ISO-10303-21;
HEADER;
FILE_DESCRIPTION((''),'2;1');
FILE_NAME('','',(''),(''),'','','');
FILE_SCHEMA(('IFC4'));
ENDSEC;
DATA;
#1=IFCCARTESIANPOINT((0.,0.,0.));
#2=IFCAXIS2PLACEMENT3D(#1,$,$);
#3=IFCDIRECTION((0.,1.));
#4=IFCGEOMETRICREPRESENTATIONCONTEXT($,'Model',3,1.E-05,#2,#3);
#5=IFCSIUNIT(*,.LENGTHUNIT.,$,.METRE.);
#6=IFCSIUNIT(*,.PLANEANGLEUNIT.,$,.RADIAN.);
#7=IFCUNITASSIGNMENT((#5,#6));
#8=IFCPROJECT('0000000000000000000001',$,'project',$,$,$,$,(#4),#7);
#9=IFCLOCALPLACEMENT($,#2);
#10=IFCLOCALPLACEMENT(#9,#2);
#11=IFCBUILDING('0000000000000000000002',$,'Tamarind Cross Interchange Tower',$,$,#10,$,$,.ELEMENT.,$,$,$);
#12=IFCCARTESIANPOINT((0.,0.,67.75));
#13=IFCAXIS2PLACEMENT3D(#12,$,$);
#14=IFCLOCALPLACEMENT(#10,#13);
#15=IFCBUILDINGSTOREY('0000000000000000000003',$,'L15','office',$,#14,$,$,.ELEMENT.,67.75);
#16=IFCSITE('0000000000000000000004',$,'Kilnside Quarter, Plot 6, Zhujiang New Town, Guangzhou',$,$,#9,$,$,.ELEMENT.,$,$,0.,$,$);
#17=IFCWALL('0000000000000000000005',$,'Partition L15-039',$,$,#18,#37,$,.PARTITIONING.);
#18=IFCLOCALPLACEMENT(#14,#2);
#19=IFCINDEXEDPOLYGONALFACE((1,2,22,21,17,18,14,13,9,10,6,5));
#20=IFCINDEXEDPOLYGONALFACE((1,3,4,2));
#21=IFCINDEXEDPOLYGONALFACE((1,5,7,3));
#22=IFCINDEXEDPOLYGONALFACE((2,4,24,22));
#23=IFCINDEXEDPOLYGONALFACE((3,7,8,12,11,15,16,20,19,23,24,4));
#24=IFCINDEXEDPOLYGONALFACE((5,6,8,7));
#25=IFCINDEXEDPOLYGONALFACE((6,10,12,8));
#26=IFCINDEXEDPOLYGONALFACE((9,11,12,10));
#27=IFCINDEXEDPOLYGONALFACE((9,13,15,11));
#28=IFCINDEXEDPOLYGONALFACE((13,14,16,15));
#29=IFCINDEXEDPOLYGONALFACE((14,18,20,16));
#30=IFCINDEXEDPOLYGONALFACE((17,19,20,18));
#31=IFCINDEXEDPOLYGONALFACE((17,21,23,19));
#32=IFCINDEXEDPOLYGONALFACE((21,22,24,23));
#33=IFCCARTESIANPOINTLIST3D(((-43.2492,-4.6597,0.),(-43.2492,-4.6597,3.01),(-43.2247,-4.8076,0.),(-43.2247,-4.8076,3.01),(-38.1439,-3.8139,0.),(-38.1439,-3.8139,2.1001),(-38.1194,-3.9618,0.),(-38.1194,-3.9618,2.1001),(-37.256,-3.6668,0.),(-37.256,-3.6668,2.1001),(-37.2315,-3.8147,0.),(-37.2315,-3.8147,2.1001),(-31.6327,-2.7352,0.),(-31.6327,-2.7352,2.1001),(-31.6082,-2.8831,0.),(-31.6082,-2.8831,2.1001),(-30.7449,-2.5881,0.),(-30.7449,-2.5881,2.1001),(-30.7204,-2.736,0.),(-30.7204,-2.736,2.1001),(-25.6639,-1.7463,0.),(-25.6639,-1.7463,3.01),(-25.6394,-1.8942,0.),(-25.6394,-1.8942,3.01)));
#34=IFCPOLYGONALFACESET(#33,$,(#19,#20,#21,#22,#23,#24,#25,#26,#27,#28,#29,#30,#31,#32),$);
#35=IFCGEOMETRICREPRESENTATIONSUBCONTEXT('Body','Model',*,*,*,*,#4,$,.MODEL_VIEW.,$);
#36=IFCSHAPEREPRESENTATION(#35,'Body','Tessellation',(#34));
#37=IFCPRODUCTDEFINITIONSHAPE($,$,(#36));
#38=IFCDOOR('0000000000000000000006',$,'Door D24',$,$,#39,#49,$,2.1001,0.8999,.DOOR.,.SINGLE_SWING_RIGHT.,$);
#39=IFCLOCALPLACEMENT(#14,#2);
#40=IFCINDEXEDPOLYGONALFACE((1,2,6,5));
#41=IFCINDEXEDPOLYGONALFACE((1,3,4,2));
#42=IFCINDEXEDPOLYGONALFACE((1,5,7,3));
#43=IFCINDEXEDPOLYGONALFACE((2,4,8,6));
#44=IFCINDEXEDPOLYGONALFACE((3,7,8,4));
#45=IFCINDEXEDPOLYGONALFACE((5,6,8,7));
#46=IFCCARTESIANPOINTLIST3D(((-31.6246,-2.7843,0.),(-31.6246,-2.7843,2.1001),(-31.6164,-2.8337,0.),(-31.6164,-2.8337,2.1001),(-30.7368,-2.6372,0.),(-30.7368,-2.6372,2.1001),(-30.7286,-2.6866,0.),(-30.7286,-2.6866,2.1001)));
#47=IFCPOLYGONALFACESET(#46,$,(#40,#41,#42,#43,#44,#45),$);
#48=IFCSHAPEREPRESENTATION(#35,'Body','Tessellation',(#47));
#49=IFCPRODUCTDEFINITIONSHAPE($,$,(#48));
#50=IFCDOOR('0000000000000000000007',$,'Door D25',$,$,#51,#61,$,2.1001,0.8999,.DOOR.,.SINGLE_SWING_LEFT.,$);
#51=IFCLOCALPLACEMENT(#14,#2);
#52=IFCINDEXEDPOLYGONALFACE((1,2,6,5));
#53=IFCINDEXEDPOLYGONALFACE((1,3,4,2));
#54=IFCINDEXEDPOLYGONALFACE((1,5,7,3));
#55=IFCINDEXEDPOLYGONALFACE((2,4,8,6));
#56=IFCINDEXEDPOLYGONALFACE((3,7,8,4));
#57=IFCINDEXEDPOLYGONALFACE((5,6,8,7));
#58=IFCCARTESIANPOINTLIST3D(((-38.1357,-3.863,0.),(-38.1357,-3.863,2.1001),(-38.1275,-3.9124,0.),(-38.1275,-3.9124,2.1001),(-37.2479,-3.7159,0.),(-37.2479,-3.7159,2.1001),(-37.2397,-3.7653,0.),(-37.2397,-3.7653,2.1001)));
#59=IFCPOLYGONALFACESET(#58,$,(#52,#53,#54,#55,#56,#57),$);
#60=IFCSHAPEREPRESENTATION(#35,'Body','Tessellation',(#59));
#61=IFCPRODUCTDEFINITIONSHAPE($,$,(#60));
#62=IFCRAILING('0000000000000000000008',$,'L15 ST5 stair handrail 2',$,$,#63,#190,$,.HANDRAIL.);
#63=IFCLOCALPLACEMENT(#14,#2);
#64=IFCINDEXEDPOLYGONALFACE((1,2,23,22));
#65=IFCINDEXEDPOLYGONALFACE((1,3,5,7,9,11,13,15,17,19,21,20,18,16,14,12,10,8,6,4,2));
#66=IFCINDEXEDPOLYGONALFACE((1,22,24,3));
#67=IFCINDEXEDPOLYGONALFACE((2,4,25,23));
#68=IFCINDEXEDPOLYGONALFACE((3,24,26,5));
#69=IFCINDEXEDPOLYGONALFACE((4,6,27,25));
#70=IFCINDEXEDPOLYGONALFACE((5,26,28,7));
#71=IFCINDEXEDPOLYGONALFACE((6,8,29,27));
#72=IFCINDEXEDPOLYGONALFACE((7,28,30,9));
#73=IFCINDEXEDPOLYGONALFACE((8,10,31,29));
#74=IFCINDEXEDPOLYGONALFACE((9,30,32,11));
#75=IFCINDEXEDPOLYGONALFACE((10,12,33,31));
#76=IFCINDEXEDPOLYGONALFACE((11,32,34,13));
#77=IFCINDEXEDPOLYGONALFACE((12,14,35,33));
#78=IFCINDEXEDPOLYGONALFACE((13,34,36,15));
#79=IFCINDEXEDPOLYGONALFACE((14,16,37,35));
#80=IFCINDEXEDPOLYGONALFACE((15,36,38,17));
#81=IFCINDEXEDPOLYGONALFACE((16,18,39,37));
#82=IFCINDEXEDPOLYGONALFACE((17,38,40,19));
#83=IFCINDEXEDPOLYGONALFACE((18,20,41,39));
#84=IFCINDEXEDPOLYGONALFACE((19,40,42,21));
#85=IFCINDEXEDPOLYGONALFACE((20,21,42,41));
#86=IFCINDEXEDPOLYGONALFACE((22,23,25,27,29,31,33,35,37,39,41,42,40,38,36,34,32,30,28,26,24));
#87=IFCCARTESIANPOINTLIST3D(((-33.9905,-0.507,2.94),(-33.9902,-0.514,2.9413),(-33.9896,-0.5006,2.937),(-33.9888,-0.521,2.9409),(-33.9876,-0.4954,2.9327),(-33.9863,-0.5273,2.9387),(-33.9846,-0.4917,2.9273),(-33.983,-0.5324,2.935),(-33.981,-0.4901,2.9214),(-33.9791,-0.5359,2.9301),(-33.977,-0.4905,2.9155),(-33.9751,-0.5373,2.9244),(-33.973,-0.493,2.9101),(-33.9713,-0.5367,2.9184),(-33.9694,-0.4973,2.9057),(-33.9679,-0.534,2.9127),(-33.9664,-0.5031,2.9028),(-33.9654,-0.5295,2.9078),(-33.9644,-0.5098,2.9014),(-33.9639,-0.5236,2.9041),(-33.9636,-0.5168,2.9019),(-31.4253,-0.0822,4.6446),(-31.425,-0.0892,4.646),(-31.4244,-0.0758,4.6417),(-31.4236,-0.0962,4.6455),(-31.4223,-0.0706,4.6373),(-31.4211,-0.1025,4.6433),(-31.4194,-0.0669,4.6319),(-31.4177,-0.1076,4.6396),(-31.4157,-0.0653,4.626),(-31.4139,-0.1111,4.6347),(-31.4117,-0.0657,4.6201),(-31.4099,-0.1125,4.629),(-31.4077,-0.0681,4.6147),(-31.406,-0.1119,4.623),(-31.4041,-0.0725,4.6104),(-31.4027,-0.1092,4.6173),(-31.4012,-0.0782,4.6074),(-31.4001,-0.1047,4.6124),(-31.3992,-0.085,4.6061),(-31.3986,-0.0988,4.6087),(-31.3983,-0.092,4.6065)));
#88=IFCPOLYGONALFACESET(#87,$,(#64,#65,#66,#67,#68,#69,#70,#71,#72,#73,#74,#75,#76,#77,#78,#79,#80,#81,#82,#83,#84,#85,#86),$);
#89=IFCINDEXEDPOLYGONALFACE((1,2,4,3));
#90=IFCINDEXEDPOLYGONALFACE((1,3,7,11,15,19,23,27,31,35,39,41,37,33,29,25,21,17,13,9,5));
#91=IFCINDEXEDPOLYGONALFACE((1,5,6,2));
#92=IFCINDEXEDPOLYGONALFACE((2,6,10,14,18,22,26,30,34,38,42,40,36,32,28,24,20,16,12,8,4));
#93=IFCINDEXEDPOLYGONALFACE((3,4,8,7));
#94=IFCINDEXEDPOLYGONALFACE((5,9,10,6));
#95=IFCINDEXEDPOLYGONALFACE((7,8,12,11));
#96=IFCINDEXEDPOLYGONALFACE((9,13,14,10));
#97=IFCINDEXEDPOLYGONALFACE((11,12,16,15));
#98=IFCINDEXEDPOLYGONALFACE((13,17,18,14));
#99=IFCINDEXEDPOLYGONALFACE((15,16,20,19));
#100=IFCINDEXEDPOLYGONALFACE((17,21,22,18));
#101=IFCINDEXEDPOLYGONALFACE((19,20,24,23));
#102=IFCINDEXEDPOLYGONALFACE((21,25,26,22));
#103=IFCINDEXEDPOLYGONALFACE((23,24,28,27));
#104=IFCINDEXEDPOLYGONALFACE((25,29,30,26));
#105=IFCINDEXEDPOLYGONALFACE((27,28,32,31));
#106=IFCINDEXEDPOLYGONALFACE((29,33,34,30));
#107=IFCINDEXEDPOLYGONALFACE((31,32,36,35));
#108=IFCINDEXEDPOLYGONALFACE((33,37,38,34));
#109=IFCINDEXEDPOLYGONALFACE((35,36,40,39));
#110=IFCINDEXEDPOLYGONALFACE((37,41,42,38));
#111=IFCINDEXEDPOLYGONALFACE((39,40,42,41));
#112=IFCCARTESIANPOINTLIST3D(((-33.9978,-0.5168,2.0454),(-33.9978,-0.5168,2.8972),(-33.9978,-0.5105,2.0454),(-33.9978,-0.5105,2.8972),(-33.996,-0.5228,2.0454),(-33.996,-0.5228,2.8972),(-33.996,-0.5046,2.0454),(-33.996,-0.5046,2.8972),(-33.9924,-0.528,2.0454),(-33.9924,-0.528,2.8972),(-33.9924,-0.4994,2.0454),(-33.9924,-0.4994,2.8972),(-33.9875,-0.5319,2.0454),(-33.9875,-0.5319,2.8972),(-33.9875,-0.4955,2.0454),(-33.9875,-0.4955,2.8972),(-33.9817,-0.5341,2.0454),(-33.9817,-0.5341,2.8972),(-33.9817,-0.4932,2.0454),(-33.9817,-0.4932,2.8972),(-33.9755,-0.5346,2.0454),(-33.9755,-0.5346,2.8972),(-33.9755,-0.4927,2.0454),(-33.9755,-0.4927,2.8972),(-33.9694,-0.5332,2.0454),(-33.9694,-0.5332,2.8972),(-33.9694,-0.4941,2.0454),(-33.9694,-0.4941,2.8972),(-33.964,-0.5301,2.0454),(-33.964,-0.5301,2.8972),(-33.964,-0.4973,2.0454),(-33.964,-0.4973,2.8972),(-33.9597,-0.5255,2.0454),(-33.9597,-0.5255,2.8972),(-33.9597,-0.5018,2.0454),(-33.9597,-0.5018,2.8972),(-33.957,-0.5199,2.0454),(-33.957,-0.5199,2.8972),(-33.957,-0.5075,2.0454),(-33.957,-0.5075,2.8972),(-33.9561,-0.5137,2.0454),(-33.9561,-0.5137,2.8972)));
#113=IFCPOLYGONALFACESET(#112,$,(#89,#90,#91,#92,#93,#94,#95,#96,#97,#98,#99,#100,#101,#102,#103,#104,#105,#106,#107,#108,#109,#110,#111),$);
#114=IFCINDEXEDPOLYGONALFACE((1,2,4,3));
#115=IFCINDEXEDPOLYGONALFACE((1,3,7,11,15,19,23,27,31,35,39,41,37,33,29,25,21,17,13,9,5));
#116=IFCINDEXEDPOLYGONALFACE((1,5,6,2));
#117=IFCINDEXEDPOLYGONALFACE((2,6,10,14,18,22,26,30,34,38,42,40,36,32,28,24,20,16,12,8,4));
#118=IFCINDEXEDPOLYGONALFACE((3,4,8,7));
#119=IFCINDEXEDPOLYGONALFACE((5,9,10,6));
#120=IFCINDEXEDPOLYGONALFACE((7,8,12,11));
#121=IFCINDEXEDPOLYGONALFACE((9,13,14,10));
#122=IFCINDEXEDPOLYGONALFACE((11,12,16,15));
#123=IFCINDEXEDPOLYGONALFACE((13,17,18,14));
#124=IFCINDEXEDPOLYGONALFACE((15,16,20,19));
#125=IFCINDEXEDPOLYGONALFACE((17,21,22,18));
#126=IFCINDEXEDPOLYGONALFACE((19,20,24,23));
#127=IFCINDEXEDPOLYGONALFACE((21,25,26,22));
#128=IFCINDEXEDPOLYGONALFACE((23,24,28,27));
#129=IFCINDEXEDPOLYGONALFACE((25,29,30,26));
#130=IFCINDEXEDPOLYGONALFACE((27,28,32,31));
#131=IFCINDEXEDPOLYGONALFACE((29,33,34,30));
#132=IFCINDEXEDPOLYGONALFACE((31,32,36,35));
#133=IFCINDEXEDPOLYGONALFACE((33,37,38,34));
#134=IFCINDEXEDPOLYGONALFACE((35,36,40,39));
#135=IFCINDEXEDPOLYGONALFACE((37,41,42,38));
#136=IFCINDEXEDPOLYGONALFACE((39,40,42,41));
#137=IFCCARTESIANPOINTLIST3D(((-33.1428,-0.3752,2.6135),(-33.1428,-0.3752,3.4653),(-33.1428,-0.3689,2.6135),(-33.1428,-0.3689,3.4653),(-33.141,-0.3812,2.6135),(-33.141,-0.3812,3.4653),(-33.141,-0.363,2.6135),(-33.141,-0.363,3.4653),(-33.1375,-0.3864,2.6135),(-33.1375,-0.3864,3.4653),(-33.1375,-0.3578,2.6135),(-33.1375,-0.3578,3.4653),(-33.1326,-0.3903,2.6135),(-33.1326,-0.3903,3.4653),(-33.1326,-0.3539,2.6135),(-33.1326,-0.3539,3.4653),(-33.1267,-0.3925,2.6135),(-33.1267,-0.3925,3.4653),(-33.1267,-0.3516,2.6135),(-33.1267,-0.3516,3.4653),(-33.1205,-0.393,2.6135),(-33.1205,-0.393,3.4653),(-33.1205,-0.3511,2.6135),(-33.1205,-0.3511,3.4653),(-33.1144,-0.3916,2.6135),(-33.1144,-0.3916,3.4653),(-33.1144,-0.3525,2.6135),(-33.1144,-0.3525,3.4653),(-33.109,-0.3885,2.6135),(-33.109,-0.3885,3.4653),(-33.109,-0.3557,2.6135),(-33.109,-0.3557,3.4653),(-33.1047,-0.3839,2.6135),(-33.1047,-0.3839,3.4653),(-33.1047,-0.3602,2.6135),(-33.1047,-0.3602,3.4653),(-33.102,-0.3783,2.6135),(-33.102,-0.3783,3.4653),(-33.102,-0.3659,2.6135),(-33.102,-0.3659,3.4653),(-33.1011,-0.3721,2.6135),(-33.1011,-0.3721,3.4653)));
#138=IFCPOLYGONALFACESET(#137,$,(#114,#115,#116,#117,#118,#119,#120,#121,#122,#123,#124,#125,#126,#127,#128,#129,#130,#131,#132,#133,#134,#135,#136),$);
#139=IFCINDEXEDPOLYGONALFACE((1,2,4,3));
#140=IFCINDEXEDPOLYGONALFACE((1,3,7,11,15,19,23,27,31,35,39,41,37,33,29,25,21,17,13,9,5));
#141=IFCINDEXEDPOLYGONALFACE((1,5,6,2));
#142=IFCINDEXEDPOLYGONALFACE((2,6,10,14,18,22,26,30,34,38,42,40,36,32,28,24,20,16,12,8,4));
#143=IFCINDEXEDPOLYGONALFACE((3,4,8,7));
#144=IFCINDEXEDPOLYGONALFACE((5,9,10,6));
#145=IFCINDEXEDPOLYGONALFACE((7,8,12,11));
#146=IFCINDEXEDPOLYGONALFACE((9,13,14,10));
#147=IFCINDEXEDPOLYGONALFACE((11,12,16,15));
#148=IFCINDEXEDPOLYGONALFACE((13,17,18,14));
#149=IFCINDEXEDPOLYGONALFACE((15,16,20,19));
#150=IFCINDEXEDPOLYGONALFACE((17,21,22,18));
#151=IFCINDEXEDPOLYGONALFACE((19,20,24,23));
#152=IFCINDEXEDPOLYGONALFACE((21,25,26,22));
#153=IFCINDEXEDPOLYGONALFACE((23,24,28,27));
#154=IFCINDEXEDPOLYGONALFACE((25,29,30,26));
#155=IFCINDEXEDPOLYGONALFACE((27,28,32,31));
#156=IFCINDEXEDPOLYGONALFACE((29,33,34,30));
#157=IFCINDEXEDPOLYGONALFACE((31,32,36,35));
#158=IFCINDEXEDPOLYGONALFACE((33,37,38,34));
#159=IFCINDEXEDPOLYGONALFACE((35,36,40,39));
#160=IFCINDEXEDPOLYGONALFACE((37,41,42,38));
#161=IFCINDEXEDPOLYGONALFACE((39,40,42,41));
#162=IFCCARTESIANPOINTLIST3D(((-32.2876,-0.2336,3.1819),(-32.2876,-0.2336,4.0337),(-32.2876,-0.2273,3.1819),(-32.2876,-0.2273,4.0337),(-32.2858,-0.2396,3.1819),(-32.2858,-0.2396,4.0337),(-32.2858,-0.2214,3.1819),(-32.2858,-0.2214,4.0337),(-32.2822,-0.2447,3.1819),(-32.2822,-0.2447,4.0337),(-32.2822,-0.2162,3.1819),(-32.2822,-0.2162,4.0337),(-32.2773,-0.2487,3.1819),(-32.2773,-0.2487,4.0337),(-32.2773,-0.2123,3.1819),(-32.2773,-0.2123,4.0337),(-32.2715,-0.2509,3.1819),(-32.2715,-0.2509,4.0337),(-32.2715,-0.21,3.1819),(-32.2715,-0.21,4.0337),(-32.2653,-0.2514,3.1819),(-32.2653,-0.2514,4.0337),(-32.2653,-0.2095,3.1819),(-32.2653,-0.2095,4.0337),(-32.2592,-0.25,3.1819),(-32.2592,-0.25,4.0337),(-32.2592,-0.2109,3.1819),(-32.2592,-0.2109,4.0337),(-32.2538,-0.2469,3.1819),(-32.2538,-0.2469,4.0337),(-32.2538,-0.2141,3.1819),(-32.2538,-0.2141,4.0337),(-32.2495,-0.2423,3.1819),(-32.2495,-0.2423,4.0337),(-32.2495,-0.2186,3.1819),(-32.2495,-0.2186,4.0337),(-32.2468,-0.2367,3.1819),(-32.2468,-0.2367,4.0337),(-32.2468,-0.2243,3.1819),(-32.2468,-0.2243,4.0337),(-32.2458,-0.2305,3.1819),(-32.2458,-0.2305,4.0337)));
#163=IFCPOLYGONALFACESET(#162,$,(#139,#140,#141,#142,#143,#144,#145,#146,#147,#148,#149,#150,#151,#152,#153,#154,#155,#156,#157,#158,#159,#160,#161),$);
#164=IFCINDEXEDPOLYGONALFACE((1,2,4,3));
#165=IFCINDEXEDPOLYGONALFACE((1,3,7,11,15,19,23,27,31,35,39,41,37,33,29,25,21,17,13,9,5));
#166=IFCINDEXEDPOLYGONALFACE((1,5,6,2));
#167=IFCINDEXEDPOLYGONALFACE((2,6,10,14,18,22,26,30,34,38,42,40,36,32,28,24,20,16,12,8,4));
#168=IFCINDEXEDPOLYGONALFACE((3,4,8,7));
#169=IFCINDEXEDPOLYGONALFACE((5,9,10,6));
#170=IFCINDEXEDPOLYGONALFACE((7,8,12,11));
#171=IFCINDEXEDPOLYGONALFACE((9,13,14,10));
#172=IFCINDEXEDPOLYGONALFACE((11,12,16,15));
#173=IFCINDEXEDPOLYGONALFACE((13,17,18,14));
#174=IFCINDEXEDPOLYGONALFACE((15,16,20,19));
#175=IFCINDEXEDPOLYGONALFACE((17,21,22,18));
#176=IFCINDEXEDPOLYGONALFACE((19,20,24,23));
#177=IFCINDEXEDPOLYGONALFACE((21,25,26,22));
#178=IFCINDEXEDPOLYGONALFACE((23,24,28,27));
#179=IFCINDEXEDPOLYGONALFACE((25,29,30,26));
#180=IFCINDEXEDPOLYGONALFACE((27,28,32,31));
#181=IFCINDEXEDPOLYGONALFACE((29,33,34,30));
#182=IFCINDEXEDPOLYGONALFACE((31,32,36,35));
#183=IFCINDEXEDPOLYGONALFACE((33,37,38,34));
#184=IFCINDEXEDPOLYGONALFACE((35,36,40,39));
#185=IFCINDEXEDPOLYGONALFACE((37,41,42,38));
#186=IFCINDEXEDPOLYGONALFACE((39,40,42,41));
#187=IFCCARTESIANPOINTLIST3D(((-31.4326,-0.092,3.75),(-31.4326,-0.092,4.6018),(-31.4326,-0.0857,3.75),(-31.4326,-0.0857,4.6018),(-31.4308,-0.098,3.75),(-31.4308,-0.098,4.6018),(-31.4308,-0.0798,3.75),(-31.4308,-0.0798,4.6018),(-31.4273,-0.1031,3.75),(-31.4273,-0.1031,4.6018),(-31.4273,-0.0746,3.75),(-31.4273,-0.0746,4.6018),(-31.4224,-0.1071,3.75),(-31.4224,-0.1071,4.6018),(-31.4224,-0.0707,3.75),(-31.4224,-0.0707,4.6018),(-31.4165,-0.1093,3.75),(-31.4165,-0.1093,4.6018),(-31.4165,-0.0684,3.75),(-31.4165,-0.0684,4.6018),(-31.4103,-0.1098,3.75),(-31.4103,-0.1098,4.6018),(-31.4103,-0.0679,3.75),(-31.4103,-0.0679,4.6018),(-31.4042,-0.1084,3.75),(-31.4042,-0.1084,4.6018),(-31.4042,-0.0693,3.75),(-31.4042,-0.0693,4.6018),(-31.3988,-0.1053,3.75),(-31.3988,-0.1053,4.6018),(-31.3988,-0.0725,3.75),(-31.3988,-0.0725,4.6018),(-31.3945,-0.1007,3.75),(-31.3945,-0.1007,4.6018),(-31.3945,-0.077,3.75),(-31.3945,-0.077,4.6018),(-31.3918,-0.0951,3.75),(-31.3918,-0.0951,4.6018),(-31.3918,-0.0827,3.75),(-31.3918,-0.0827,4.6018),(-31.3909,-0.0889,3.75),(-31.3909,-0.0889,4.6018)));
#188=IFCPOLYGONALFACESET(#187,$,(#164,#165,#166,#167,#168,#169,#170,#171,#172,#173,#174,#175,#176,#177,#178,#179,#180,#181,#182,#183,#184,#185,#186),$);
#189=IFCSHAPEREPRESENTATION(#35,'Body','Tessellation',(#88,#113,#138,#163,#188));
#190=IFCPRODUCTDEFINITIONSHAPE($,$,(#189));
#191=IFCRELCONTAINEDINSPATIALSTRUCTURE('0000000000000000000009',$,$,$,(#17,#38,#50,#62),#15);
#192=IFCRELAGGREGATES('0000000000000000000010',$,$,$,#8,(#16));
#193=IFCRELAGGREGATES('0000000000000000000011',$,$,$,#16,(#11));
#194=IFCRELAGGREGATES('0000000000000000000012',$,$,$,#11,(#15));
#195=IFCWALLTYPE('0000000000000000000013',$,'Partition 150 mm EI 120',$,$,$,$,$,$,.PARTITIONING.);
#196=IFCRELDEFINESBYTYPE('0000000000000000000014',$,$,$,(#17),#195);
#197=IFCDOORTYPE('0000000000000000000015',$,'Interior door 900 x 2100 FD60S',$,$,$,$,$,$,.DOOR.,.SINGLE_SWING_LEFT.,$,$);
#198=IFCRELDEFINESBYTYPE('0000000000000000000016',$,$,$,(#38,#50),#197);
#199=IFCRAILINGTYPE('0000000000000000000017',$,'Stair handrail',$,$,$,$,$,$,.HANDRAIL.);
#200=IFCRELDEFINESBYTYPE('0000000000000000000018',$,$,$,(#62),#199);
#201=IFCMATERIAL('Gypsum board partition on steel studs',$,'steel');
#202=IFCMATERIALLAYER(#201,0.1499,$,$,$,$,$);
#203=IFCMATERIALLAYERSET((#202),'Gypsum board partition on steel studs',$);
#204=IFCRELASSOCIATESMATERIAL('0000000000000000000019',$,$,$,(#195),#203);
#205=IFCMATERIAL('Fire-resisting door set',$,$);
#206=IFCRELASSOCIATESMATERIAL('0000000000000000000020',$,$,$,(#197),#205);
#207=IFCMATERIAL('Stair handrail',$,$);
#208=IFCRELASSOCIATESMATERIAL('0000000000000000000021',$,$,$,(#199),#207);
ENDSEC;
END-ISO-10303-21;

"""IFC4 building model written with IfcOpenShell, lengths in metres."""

from ifc_helpers import new_model, si_unit, direction, frame, frame_2d, origin, origin_2d, place, context, subcontext, project, spatial, rectangle, circle, extrude, material, layer, layer_set, type_object, element, fill, save


model = new_model("IFC4")

# Units and contexts
model_context = context("Model", 3, precision=1e-05, world=origin(), true_north=direction((0.0, 1.0)))
body_context = subcontext(model_context, "Body", "Model", "MODEL_VIEW")
ifc_project = project(units=[si_unit("LENGTHUNIT", "METRE"), si_unit("PLANEANGLEUNIT", "RADIAN")], contexts=[model_context])

# Site, building, storey
site_placement = place(None, origin())
site = spatial("IfcSite", under=ifc_project, at=site_placement, Name="Kilnside Quarter, Plot 6, Zhujiang New Town, Guangzhou", CompositionType="ELEMENT", RefElevation=0.0)
building_placement = place(site_placement, origin())
building = spatial("IfcBuilding", under=site, at=building_placement, Name="Tamarind Cross Interchange Tower", CompositionType="ELEMENT")
storey_placement = place(building_placement, frame((0.0, 0.0, 67.75)))
storey = spatial("IfcBuildingStorey", under=building, at=storey_placement, Name="L15", Description="office", CompositionType="ELEMENT", Elevation=67.75)

# Shared definitions
ifc_material_1 = material(Name="Gypsum board partition on steel studs", Category="steel")

# Shared definitions
ifc_layer_1 = layer(ifc_material_1, 0.1499)
ifc_layer_set_1 = layer_set([ifc_layer_1], Name="Gypsum board partition on steel studs")
wall_type_1 = type_object("IfcWallType", Name="Partition 150 mm EI 120", PredefinedType="PARTITIONING", material=ifc_layer_set_1)
ifc_material_2 = material(Name="Fire-resisting door set")
door_type = type_object("IfcDoorType", Name="Interior door 900 x 2100 FD60S", OperationType="SINGLE_SWING_LEFT", PredefinedType="DOOR", material=ifc_material_2)

# Wall, openings, doors
wall_1_placement = place(storey_placement, frame((-43.2371, -4.7336, 0.0), z_axis=(0.0, 0.0, 1.0), x_axis=(0.986553, 0.163442, 0.0)))
wall_1 = element("IfcWall", 1, at=wall_1_placement, inside=storey, type_object=wall_type_1, Name="Partition L15-039", PredefinedType="PARTITIONING", context=body_context, shape_type="SweptSolid", body=[
    extrude(rectangle(XDim=17.825, YDim=0.1499, at=frame_2d((8.9126, 0.0))), origin(), (0.0, 0.0, 1.0), 3.01),
])
opening_1_placement = place(wall_1_placement, frame((11.7749, 0.0, 0.0)))
opening_1 = element("IfcOpeningElement", 2, at=opening_1_placement, cuts=wall_1, PredefinedType="OPENING", context=body_context, shape_type="SweptSolid", body=[
    extrude(rectangle(XDim=0.8999, YDim=2.1001, at=frame_2d((0.45, 1.05))), frame((0.0, 0.085, 0.0), z_axis=(0.0, -1.0, 0.0), x_axis=(1.0, 0.0, 0.0)), (0.0, 0.0, 1.0), 0.1699),
])
opening_2_placement = place(wall_1_placement, frame((5.175, 0.0, 0.0)))
opening_2 = element("IfcOpeningElement", 3, at=opening_2_placement, cuts=wall_1, PredefinedType="OPENING", context=body_context, shape_type="SweptSolid", body=[
    extrude(rectangle(XDim=0.8999, YDim=2.1001, at=frame_2d((0.45, 1.05))), frame((0.0, 0.085, 0.0), z_axis=(0.0, -1.0, 0.0), x_axis=(1.0, 0.0, 0.0)), (0.0, 0.0, 1.0), 0.1699),
])
door_1_placement = place(opening_1_placement, frame((0.8999, 0.0, 0.0), z_axis=(0.0, 0.0, 1.0), x_axis=(-1.0, 0.0, 0.0)))
door_1 = element("IfcDoor", 4, at=door_1_placement, inside=storey, type_object=door_type, Name="Door D24", OperationType="SINGLE_SWING_RIGHT", OverallHeight=2.1001, OverallWidth=0.8999, PredefinedType="DOOR", context=body_context, shape_type="SweptSolid", body=[
    extrude(rectangle(XDim=0.8999, YDim=2.1001, at=frame_2d((0.45, 1.05))), frame((0.0, 0.0249, 0.0), z_axis=(0.0, -1.0, 0.0), x_axis=(1.0, 0.0, 0.0)), (0.0, 0.0, 1.0), 0.05),
])
fill(opening_1, door_1)
door_2_placement = place(opening_2_placement, frame((0.8999, 0.0, 0.0), z_axis=(0.0, 0.0, 1.0), x_axis=(-1.0, 0.0, 0.0)))
door_2 = element("IfcDoor", 5, at=door_2_placement, inside=storey, type_object=door_type, Name="Door D25", OperationType="SINGLE_SWING_LEFT", OverallHeight=2.1001, OverallWidth=0.8999, PredefinedType="DOOR", context=body_context, shape_type="SweptSolid", body=[
    extrude(rectangle(XDim=0.8999, YDim=2.1001, at=frame_2d((0.45, 1.05))), frame((0.0, 0.0249, 0.0), z_axis=(0.0, -1.0, 0.0), x_axis=(1.0, 0.0, 0.0)), (0.0, 0.0, 1.0), 0.05),
])
fill(opening_2, door_2)

# Railing
ifc_material_3 = material(Name="Stair handrail")
railing_type = type_object("IfcRailingType", Name="Stair handrail", PredefinedType="HANDRAIL", material=ifc_material_3)
railing_placement = place(storey_placement, frame((-33.9771, -0.5137, 2.0454)))
element("IfcRailing", 6, at=railing_placement, inside=storey, type_object=railing_type, Name="L15 ST5 stair handrail 2", PredefinedType="HANDRAIL", context=body_context, shape_type="SweptSolid", body=[
    extrude(circle(Radius=0.0239, at=origin_2d()), frame((0.0, 0.0, 0.876), z_axis=(0.825068, 0.136634, 0.548265), x_axis=(-0.163379, 0.986563, 0.0)), (0.0, 0.0, 1.0), 3.1091),
    extrude(circle(Radius=0.021, at=origin_2d()), origin(), (0.0, 0.0, 1.0), 0.8518),
    extrude(circle(Radius=0.021, at=origin_2d()), frame((0.855, 0.1416, 0.5681)), (0.0, 0.0, 1.0), 0.8518),
    extrude(circle(Radius=0.021, at=origin_2d()), frame((1.7102, 0.2832, 1.1365)), (0.0, 0.0, 1.0), 0.8518),
    extrude(circle(Radius=0.021, at=origin_2d()), frame((2.5652, 0.4248, 1.7046)), (0.0, 0.0, 1.0), 0.8518),
])

save(model, "model.ifc")
